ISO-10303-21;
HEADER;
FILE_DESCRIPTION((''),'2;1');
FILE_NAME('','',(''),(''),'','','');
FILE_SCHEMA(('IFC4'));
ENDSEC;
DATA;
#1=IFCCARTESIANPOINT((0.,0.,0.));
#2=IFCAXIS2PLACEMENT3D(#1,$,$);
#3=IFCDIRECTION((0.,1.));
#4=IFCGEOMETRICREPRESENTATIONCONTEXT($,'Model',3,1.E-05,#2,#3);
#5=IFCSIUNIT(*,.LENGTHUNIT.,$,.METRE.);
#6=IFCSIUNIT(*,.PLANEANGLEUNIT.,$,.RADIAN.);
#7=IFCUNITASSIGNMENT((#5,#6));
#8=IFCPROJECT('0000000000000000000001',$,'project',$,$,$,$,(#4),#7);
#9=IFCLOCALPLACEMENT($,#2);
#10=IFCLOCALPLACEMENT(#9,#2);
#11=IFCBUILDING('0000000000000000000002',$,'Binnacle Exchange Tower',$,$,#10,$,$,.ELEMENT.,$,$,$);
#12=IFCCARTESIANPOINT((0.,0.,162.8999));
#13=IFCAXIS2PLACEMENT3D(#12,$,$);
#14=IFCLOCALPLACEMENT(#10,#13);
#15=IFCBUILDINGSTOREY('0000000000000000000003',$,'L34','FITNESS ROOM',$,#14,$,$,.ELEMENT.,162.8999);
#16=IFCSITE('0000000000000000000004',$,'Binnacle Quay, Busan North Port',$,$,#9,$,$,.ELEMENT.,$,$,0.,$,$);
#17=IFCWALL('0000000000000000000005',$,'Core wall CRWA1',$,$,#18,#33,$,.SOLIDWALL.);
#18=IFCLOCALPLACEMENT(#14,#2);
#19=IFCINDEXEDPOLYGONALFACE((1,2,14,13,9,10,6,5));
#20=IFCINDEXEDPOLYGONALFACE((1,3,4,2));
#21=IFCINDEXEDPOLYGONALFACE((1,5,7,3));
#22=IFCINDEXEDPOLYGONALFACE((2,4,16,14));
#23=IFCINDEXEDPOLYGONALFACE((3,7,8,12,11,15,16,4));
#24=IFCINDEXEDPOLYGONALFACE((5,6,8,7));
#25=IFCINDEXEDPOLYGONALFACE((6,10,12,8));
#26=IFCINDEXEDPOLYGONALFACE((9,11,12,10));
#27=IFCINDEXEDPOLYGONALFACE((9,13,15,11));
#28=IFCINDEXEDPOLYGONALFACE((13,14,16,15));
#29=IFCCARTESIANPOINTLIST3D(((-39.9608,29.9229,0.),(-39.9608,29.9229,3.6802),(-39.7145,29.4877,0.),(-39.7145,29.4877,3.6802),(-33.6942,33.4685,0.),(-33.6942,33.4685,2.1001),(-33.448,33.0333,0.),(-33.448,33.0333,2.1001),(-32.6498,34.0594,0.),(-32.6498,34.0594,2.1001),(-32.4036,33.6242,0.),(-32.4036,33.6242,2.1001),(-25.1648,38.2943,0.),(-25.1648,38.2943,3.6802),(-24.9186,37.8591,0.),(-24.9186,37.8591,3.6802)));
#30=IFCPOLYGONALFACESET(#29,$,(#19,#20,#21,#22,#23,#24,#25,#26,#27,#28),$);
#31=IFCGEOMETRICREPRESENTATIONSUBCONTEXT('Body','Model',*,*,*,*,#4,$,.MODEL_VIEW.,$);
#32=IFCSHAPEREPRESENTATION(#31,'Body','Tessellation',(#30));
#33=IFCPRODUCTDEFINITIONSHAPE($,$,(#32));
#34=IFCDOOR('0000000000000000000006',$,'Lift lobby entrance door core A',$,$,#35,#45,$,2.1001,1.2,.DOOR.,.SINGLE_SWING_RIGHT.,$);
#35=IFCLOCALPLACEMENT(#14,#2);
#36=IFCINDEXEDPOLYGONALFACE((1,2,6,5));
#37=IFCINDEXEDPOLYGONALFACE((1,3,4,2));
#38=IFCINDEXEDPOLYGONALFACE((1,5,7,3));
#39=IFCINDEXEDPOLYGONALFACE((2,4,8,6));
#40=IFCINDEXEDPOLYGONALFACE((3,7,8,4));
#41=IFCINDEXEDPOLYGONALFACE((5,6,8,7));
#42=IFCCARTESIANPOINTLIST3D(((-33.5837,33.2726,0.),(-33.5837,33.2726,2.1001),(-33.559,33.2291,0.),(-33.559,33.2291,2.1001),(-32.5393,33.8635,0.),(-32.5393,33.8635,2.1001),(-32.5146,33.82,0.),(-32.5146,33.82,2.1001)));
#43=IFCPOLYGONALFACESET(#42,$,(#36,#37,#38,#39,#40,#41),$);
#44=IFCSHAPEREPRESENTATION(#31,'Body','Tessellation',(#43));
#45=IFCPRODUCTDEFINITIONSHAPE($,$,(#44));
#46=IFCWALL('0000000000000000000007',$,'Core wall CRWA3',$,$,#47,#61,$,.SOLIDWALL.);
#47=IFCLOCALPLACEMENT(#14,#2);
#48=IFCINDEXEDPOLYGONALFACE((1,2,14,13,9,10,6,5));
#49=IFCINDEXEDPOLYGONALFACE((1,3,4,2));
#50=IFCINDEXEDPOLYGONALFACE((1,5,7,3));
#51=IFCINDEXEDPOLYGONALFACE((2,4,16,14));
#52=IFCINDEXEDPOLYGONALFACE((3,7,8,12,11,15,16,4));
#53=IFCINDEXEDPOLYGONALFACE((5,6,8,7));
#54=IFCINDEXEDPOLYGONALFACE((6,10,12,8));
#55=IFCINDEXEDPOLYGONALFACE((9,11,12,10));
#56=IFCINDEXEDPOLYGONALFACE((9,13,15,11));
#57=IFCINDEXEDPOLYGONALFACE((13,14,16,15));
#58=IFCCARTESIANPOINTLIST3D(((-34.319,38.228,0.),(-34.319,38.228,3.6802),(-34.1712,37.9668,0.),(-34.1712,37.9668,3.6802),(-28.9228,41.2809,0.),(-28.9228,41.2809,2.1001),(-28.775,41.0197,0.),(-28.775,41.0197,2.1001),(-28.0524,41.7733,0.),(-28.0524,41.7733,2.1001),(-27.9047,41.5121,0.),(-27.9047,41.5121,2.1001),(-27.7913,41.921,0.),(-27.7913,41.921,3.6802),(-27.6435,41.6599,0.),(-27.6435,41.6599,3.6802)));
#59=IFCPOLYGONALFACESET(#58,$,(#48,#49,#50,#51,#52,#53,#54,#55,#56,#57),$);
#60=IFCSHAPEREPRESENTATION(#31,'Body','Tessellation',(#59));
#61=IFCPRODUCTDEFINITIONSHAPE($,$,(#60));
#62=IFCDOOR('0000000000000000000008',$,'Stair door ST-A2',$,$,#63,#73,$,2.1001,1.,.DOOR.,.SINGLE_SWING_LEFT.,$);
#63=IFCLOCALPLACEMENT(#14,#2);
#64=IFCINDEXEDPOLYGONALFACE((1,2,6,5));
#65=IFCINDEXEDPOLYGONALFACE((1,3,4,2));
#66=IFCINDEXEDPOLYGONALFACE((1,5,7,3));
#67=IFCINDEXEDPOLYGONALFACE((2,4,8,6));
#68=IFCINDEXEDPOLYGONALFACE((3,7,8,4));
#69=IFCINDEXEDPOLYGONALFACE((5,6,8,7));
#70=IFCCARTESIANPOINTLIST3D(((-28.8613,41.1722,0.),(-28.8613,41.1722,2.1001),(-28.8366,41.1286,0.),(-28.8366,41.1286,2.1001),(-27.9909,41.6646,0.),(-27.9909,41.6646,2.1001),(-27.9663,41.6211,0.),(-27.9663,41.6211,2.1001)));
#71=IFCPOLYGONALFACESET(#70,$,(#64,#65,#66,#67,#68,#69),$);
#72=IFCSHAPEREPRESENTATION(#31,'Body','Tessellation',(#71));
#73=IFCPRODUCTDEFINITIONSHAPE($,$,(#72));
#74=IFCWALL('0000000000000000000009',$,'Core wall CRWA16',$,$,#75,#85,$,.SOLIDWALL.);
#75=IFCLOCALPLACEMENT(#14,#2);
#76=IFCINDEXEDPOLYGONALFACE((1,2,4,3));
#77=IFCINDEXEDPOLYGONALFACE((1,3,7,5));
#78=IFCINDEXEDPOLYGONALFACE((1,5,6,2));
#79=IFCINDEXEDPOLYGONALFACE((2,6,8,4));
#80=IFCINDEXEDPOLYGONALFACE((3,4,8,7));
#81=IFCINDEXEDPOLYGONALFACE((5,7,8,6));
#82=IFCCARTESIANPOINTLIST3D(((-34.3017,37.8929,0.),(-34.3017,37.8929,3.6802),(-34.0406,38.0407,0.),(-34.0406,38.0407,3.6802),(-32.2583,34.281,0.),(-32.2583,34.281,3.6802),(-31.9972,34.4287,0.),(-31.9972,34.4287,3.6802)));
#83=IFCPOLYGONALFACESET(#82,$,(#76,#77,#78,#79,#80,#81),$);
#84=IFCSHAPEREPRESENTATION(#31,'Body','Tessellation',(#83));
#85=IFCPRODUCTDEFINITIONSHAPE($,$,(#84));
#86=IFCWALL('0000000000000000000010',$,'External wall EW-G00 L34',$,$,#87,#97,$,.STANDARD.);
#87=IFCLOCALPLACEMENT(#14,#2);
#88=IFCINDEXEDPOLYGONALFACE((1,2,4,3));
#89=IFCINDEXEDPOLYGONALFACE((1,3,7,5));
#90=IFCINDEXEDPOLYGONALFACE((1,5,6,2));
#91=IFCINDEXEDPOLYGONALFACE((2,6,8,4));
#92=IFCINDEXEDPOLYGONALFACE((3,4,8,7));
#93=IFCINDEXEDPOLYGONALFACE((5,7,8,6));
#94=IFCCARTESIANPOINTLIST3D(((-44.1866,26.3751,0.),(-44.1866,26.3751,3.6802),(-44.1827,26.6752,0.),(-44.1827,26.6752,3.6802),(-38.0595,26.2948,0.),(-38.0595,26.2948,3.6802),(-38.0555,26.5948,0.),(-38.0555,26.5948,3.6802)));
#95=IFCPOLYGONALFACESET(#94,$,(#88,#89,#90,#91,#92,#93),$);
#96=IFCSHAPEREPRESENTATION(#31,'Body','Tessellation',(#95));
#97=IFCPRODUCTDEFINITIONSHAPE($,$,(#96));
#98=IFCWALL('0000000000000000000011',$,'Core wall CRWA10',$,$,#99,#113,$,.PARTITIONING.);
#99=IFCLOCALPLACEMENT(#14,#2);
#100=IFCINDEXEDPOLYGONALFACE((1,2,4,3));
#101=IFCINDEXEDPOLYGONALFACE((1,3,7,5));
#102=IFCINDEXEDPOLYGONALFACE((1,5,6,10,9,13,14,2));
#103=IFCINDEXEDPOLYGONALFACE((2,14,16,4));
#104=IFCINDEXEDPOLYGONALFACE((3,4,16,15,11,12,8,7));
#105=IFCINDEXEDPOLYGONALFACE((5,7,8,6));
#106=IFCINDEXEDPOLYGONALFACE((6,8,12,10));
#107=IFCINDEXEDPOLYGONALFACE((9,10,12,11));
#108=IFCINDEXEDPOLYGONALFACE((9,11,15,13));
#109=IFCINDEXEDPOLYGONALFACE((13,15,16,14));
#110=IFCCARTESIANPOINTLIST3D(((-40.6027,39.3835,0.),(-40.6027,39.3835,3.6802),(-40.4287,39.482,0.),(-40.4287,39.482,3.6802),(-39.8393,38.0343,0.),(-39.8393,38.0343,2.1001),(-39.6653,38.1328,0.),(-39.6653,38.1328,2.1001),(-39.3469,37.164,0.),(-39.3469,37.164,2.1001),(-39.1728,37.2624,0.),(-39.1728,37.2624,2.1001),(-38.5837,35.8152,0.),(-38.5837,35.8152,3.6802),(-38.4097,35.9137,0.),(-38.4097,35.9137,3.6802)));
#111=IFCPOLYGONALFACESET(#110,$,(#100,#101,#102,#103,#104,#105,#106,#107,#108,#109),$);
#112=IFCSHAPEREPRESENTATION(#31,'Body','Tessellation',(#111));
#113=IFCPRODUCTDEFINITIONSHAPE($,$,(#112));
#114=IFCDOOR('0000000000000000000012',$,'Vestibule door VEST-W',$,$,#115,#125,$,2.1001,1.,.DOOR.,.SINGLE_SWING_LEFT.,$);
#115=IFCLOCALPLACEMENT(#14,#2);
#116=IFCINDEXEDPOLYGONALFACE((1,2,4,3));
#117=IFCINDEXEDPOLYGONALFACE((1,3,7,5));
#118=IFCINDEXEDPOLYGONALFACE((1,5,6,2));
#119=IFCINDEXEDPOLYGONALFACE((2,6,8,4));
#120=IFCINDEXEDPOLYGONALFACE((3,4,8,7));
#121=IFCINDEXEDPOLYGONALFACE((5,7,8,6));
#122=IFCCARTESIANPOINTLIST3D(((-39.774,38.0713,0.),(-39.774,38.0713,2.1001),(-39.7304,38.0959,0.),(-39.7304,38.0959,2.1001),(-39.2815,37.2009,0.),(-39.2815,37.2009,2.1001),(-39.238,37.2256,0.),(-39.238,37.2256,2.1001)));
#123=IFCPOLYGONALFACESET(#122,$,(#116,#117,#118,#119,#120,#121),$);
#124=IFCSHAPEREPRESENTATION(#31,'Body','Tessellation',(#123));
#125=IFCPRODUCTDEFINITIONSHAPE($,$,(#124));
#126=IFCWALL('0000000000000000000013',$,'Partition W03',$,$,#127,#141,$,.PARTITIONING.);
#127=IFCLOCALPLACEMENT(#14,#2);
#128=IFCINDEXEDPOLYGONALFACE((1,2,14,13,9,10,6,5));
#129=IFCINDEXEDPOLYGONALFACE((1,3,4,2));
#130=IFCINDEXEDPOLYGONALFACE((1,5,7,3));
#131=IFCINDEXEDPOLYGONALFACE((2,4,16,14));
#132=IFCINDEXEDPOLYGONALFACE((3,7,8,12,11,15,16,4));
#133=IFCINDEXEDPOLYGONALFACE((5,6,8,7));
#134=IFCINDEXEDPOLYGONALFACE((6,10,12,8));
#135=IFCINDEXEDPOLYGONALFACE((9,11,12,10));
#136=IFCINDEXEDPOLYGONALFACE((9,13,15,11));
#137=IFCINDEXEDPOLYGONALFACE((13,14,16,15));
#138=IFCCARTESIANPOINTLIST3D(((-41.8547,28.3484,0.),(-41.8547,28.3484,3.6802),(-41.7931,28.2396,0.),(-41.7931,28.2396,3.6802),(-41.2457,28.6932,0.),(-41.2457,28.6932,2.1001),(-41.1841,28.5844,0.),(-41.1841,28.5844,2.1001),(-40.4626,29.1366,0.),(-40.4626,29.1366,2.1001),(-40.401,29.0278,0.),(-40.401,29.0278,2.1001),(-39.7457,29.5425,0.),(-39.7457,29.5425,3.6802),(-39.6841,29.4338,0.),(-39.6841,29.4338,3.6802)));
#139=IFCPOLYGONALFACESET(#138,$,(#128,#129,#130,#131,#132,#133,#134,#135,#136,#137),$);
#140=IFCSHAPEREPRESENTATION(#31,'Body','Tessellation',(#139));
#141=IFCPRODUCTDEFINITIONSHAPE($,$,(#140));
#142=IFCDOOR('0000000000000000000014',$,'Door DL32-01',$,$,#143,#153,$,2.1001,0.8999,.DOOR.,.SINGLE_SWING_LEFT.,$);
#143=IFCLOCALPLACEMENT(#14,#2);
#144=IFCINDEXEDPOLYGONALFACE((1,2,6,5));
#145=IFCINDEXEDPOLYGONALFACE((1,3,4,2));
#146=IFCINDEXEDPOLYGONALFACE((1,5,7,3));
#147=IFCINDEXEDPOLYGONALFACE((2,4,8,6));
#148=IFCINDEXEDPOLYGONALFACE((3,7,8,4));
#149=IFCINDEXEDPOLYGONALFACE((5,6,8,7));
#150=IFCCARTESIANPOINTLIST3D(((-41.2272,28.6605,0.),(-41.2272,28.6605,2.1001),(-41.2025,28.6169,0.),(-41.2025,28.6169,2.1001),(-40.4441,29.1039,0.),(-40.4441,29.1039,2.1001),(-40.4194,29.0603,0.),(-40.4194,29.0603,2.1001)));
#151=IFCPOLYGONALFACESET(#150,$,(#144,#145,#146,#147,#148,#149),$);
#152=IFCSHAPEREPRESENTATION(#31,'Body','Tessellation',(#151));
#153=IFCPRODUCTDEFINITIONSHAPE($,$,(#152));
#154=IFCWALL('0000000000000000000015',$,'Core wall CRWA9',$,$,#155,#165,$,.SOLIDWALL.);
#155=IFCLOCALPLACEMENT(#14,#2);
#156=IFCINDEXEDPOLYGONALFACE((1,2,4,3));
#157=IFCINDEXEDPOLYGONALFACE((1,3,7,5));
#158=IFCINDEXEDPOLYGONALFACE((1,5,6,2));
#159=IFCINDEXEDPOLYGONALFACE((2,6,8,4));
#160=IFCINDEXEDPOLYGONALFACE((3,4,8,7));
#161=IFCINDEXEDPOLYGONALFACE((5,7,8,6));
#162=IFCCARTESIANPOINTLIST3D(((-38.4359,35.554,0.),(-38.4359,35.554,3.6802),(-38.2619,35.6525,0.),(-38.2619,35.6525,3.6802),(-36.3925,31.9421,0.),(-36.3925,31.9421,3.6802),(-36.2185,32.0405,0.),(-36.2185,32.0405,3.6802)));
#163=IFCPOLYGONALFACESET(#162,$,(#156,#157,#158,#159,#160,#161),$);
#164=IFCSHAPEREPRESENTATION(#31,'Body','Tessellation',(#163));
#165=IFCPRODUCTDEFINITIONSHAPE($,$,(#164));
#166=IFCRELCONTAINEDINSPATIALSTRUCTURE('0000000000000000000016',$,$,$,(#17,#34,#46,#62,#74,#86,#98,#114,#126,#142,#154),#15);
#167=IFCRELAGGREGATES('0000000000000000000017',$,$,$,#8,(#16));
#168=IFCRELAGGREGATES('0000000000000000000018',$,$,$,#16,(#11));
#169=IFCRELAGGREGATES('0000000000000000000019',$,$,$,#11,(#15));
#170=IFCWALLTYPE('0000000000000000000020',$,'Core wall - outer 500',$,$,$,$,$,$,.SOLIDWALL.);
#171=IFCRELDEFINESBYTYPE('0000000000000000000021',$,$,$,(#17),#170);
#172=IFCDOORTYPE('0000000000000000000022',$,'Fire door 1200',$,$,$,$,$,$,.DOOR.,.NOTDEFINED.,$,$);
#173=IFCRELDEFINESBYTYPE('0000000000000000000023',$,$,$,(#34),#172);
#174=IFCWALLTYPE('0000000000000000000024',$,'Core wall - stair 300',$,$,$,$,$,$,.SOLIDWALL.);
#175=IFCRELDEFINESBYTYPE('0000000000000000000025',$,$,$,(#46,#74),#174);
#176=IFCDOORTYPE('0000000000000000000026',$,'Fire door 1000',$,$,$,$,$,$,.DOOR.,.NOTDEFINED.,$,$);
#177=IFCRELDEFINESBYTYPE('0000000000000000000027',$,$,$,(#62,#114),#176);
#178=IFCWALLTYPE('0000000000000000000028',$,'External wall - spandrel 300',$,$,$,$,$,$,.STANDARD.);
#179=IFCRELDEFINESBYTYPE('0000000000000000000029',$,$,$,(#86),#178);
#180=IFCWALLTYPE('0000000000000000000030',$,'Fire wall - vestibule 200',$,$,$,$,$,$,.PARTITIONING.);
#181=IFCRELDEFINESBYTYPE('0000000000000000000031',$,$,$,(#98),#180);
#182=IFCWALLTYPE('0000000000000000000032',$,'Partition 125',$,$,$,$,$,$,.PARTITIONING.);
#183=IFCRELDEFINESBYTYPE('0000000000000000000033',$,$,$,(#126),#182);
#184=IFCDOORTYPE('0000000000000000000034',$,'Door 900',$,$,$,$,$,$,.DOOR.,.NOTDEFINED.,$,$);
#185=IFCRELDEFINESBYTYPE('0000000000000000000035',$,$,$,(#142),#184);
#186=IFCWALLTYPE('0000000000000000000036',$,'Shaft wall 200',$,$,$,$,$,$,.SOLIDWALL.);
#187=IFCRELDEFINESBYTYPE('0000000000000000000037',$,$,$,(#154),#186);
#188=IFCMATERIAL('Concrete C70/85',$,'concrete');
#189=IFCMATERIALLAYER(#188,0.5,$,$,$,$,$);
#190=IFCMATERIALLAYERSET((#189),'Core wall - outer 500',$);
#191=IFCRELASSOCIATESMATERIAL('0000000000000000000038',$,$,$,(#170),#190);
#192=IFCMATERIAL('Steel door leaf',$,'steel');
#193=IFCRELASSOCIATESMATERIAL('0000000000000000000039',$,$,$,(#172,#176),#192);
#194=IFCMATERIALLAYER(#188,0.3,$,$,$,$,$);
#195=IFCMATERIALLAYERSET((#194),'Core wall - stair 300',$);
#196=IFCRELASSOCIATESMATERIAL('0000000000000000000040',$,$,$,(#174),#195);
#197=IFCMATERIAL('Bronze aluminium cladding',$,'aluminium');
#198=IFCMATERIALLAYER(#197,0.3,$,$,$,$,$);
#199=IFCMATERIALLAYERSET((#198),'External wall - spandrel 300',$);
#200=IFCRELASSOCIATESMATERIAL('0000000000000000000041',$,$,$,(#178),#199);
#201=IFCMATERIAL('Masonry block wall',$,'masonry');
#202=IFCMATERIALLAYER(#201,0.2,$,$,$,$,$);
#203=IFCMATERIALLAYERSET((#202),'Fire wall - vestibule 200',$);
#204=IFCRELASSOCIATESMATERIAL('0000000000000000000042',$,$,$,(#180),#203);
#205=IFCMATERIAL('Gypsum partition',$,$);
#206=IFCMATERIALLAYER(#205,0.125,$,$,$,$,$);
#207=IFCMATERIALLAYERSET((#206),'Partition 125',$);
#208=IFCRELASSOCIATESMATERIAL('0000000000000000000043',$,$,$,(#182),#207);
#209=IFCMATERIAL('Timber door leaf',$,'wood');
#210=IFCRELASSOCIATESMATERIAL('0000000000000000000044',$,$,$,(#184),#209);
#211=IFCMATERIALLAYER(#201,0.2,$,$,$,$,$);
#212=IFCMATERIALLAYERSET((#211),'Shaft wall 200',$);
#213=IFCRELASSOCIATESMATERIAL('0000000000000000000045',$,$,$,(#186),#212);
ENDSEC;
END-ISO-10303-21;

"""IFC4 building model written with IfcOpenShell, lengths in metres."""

from ifc_helpers import new_model, si_unit, direction, frame, frame_2d, origin, place, context, subcontext, project, spatial, rectangle, extrude, material, layer, layer_set, type_object, element, fill, save


model = new_model("IFC4")

# Units and contexts
model_context = context("Model", 3, precision=1e-05, world=origin(), true_north=direction((0.0, 1.0)))
body_context = subcontext(model_context, "Body", "Model", "MODEL_VIEW")
ifc_project = project(units=[si_unit("LENGTHUNIT", "METRE"), si_unit("PLANEANGLEUNIT", "RADIAN")], contexts=[model_context])

# Site, building, storey
site_placement = place(None, origin())
site = spatial("IfcSite", under=ifc_project, at=site_placement, Name="Binnacle Quay, Busan North Port", CompositionType="ELEMENT", RefElevation=0.0)
building_placement = place(site_placement, origin())
building = spatial("IfcBuilding", under=site, at=building_placement, Name="Binnacle Exchange Tower", CompositionType="ELEMENT")
storey_placement = place(building_placement, frame((0.0, 0.0, 162.8999)))
storey = spatial("IfcBuildingStorey", under=building, at=storey_placement, Name="L34", Description="FITNESS ROOM", CompositionType="ELEMENT", Elevation=162.8999)

# Shared definitions
ifc_material_1 = material(Name="Concrete C70/85", Category="concrete")

# Shared definitions
ifc_material_2 = material(Name="Steel door leaf", Category="steel")

# Walls, openings, doors
ifc_layer_1 = layer(ifc_material_1, 0.5)
ifc_layer_set_1 = layer_set([ifc_layer_1], Name="Core wall - outer 500")
wall_type_1 = type_object("IfcWallType", Name="Core wall - outer 500", PredefinedType="SOLIDWALL", material=ifc_layer_set_1)
wall_1_placement = place(storey_placement, frame((-39.8376, 29.7053, 0.0), z_axis=(0.0, 0.0, 1.0), x_axis=(0.87035, 0.492433, 0.0)))
wall_1 = element("IfcWall", 1, at=wall_1_placement, inside=storey, type_object=wall_type_1, Name="Core wall CRWA1", PredefinedType="SOLIDWALL", context=body_context, shape_type="SweptSolid", body=[
    extrude(rectangle(XDim=17.0, YDim=0.5, at=frame_2d((8.5, 0.0))), origin(), (0.0, 0.0, 1.0), 3.6802),
])
opening_1_placement = place(wall_1_placement, frame((7.2, 0.0, 0.0)))
opening_1 = element("IfcOpeningElement", 2, at=opening_1_placement, cuts=wall_1, PredefinedType="OPENING", context=body_context, shape_type="SweptSolid", body=[
    extrude(rectangle(XDim=1.2, YDim=2.1001, at=frame_2d((0.6001, 1.05))), frame((0.0, 0.26, 0.0), z_axis=(0.0, -1.0, 0.0), x_axis=(1.0, 0.0, 0.0)), (0.0, 0.0, 1.0), 0.52),
])
door_type_1 = type_object("IfcDoorType", Name="Fire door 1200", OperationType="NOTDEFINED", PredefinedType="DOOR", material=ifc_material_2)
door_1_placement = place(opening_1_placement, frame((1.2, 0.0, 0.0), z_axis=(0.0, 0.0, 1.0), x_axis=(-1.0, 0.0, 0.0)))
door_1 = element("IfcDoor", 3, at=door_1_placement, inside=storey, type_object=door_type_1, Name="Lift lobby entrance door core A", OperationType="SINGLE_SWING_RIGHT", OverallHeight=2.1001, OverallWidth=1.2, PredefinedType="DOOR", context=body_context, shape_type="SweptSolid", body=[
    extrude(rectangle(XDim=1.2, YDim=2.1001, at=frame_2d((0.6001, 1.05))), frame((0.0, 0.0249, 0.0), z_axis=(0.0, -1.0, 0.0), x_axis=(1.0, 0.0, 0.0)), (0.0, 0.0, 1.0), 0.05),
])
fill(opening_1, door_1)
ifc_layer_2 = layer(ifc_material_1, 0.3)
ifc_layer_set_2 = layer_set([ifc_layer_2], Name="Core wall - stair 300")
wall_type_2 = type_object("IfcWallType", Name="Core wall - stair 300", PredefinedType="SOLIDWALL", material=ifc_layer_set_2)
wall_2_placement = place(storey_placement, frame((-34.2451, 38.0974, 0.0), z_axis=(0.0, 0.0, 1.0), x_axis=(0.870365, 0.492408, 0.0)))
wall_2 = element("IfcWall", 4, at=wall_2_placement, inside=storey, type_object=wall_type_2, Name="Core wall CRWA3", PredefinedType="SOLIDWALL", context=body_context, shape_type="SweptSolid", body=[
    extrude(rectangle(XDim=7.5, YDim=0.3, at=frame_2d((3.75, 0.0))), origin(), (0.0, 0.0, 1.0), 3.6802),
])
opening_2_placement = place(wall_2_placement, frame((6.2, 0.0, 0.0)))
opening_2 = element("IfcOpeningElement", 5, at=opening_2_placement, cuts=wall_2, PredefinedType="OPENING", context=body_context, shape_type="SweptSolid", body=[
    extrude(rectangle(XDim=1.0, YDim=2.1001, at=frame_2d((0.5, 1.05))), frame((0.0, 0.1599, 0.0), z_axis=(0.0, -1.0, 0.0), x_axis=(1.0, 0.0, 0.0)), (0.0, 0.0, 1.0), 0.3201),
])
door_type_2 = type_object("IfcDoorType", Name="Fire door 1000", OperationType="NOTDEFINED", PredefinedType="DOOR", material=ifc_material_2)
door_2_placement = place(opening_2_placement, frame((1.0, 0.0, 0.0), z_axis=(0.0, 0.0, 1.0), x_axis=(-1.0, 0.0, 0.0)))
door_2 = element("IfcDoor", 6, at=door_2_placement, inside=storey, type_object=door_type_2, Name="Stair door ST-A2", OperationType="SINGLE_SWING_LEFT", OverallHeight=2.1001, OverallWidth=1.0, PredefinedType="DOOR", context=body_context, shape_type="SweptSolid", body=[
    extrude(rectangle(XDim=1.0, YDim=2.1001, at=frame_2d((0.5, 1.05))), frame((0.0, 0.0249, 0.0), z_axis=(0.0, -1.0, 0.0), x_axis=(1.0, 0.0, 0.0)), (0.0, 0.0, 1.0), 0.05),
])
fill(opening_2, door_2)

# Walls
wall_3_placement = place(storey_placement, frame((-34.1711, 37.9668, 0.0), z_axis=(0.0, 0.0, 1.0), x_axis=(0.492396, -0.870371, 0.0)))
element("IfcWall", 7, at=wall_3_placement, inside=storey, type_object=wall_type_2, Name="Core wall CRWA16", PredefinedType="SOLIDWALL", context=body_context, shape_type="SweptSolid", body=[
    extrude(rectangle(XDim=4.1499, YDim=0.3, at=frame_2d((2.075, 0.0))), origin(), (0.0, 0.0, 1.0), 3.6802),
])
ifc_material_3 = material(Name="Bronze aluminium cladding", Category="aluminium")
ifc_layer_3 = layer(ifc_material_3, 0.3)
ifc_layer_set_3 = layer_set([ifc_layer_3], Name="External wall - spandrel 300")
wall_type_3 = type_object("IfcWallType", Name="External wall - spandrel 300", PredefinedType="STANDARD", material=ifc_layer_set_3)
wall_4_placement = place(storey_placement, frame((-38.0574, 26.4448, 0.0), z_axis=(0.0, 0.0, 1.0), x_axis=(-0.999914, 0.013108, 0.0)))
element("IfcWall", 8, at=wall_4_placement, inside=storey, type_object=wall_type_3, Name="External wall EW-G00 L34", PredefinedType="STANDARD", context=body_context, shape_type="SweptSolid", body=[
    extrude(rectangle(XDim=6.1277, YDim=0.3, at=frame_2d((3.064, 0.0))), origin(), (0.0, 0.0, 1.0), 3.6802),
])

# Walls, openings, doors
ifc_material_4 = material(Name="Masonry block wall", Category="masonry")
ifc_layer_4 = layer(ifc_material_4, 0.2)
ifc_layer_set_4 = layer_set([ifc_layer_4], Name="Fire wall - vestibule 200")
wall_type_4 = type_object("IfcWallType", Name="Fire wall - vestibule 200", PredefinedType="PARTITIONING", material=ifc_layer_set_4)
wall_5_placement = place(storey_placement, frame((-40.5156, 39.4326, 0.0), z_axis=(0.0, 0.0, 1.0), x_axis=(0.492454, -0.870339, 0.0)))
wall_5 = element("IfcWall", 9, at=wall_5_placement, inside=storey, type_object=wall_type_4, Name="Core wall CRWA10", PredefinedType="PARTITIONING", context=body_context, shape_type="SweptSolid", body=[
    extrude(rectangle(XDim=4.0999, YDim=0.2, at=frame_2d((2.0498, 0.0))), origin(), (0.0, 0.0, 1.0), 3.6802),
])
opening_3_placement = place(wall_5_placement, frame((1.55, 0.0, 0.0)))
opening_3 = element("IfcOpeningElement", 10, at=opening_3_placement, cuts=wall_5, PredefinedType="OPENING", context=body_context, shape_type="SweptSolid", body=[
    extrude(rectangle(XDim=1.0, YDim=2.1001, at=frame_2d((0.5, 1.05))), frame((0.0, 0.1099, 0.0), z_axis=(0.0, -1.0, 0.0), x_axis=(1.0, 0.0, 0.0)), (0.0, 0.0, 1.0), 0.22),
])
door_3_placement = place(opening_3_placement, frame((1.0, 0.0, 0.0), z_axis=(0.0, 0.0, 1.0), x_axis=(-1.0, 0.0, 0.0)))
door_3 = element("IfcDoor", 11, at=door_3_placement, inside=storey, type_object=door_type_2, Name="Vestibule door VEST-W", OperationType="SINGLE_SWING_LEFT", OverallHeight=2.1001, OverallWidth=1.0, PredefinedType="DOOR", context=body_context, shape_type="SweptSolid", body=[
    extrude(rectangle(XDim=1.0, YDim=2.1001, at=frame_2d((0.5, 1.05))), frame((0.0, 0.0249, 0.0), z_axis=(0.0, -1.0, 0.0), x_axis=(1.0, 0.0, 0.0)), (0.0, 0.0, 1.0), 0.05),
])
fill(opening_3, door_3)
ifc_material_5 = material(Name="Gypsum partition")
ifc_layer_5 = layer(ifc_material_5, 0.125)
ifc_layer_set_5 = layer_set([ifc_layer_5], Name="Partition 125")
wall_type_5 = type_object("IfcWallType", Name="Partition 125", PredefinedType="PARTITIONING", material=ifc_layer_set_5)
wall_6_placement = place(storey_placement, frame((-41.824, 28.2939, 0.0), z_axis=(0.0, 0.0, 1.0), x_axis=(0.870189, 0.492718, 0.0)))
wall_6 = element("IfcWall", 12, at=wall_6_placement, inside=storey, type_object=wall_type_5, Name="Partition W03", PredefinedType="PARTITIONING", context=body_context, shape_type="SweptSolid", body=[
    extrude(rectangle(XDim=2.4236, YDim=0.125, at=frame_2d((1.2119, 0.0))), origin(), (0.0, 0.0, 1.0), 3.6802),
])
opening_4_placement = place(wall_6_placement, frame((0.7, 0.0, 0.0)))
opening_4 = element("IfcOpeningElement", 13, at=opening_4_placement, cuts=wall_6, PredefinedType="OPENING", context=body_context, shape_type="SweptSolid", body=[
    extrude(rectangle(XDim=0.8999, YDim=2.1001, at=frame_2d((0.45, 1.05))), frame((0.0, 0.0725, 0.0), z_axis=(0.0, -1.0, 0.0), x_axis=(1.0, 0.0, 0.0)), (0.0, 0.0, 1.0), 0.145),
])
ifc_material_6 = material(Name="Timber door leaf", Category="wood")
door_type_3 = type_object("IfcDoorType", Name="Door 900", OperationType="NOTDEFINED", PredefinedType="DOOR", material=ifc_material_6)
door_4_placement = place(opening_4_placement, origin())
door_4 = element("IfcDoor", 14, at=door_4_placement, inside=storey, type_object=door_type_3, Name="Door DL32-01", OperationType="SINGLE_SWING_LEFT", OverallHeight=2.1001, OverallWidth=0.8999, PredefinedType="DOOR", context=body_context, shape_type="SweptSolid", body=[
    extrude(rectangle(XDim=0.8999, YDim=2.1001, at=frame_2d((0.45, 1.05))), frame((0.0, 0.0249, 0.0), z_axis=(0.0, -1.0, 0.0), x_axis=(1.0, 0.0, 0.0)), (0.0, 0.0, 1.0), 0.05),
])
fill(opening_4, door_4)

# Wall
ifc_layer_6 = layer(ifc_material_4, 0.2)
ifc_layer_set_6 = layer_set([ifc_layer_6], Name="Shaft wall 200")
wall_type_6 = type_object("IfcWallType", Name="Shaft wall 200", PredefinedType="SOLIDWALL", material=ifc_layer_set_6)
wall_7_placement = place(storey_placement, frame((-38.3489, 35.6033, 0.0), z_axis=(0.0, 0.0, 1.0), x_axis=(0.492396, -0.870371, 0.0)))
element("IfcWall", 15, at=wall_7_placement, inside=storey, type_object=wall_type_6, Name="Core wall CRWA9", PredefinedType="SOLIDWALL", context=body_context, shape_type="SweptSolid", body=[
    extrude(rectangle(XDim=4.1499, YDim=0.2, at=frame_2d((2.075, 0.0))), origin(), (0.0, 0.0, 1.0), 3.6802),
])

save(model, "model.ifc")
